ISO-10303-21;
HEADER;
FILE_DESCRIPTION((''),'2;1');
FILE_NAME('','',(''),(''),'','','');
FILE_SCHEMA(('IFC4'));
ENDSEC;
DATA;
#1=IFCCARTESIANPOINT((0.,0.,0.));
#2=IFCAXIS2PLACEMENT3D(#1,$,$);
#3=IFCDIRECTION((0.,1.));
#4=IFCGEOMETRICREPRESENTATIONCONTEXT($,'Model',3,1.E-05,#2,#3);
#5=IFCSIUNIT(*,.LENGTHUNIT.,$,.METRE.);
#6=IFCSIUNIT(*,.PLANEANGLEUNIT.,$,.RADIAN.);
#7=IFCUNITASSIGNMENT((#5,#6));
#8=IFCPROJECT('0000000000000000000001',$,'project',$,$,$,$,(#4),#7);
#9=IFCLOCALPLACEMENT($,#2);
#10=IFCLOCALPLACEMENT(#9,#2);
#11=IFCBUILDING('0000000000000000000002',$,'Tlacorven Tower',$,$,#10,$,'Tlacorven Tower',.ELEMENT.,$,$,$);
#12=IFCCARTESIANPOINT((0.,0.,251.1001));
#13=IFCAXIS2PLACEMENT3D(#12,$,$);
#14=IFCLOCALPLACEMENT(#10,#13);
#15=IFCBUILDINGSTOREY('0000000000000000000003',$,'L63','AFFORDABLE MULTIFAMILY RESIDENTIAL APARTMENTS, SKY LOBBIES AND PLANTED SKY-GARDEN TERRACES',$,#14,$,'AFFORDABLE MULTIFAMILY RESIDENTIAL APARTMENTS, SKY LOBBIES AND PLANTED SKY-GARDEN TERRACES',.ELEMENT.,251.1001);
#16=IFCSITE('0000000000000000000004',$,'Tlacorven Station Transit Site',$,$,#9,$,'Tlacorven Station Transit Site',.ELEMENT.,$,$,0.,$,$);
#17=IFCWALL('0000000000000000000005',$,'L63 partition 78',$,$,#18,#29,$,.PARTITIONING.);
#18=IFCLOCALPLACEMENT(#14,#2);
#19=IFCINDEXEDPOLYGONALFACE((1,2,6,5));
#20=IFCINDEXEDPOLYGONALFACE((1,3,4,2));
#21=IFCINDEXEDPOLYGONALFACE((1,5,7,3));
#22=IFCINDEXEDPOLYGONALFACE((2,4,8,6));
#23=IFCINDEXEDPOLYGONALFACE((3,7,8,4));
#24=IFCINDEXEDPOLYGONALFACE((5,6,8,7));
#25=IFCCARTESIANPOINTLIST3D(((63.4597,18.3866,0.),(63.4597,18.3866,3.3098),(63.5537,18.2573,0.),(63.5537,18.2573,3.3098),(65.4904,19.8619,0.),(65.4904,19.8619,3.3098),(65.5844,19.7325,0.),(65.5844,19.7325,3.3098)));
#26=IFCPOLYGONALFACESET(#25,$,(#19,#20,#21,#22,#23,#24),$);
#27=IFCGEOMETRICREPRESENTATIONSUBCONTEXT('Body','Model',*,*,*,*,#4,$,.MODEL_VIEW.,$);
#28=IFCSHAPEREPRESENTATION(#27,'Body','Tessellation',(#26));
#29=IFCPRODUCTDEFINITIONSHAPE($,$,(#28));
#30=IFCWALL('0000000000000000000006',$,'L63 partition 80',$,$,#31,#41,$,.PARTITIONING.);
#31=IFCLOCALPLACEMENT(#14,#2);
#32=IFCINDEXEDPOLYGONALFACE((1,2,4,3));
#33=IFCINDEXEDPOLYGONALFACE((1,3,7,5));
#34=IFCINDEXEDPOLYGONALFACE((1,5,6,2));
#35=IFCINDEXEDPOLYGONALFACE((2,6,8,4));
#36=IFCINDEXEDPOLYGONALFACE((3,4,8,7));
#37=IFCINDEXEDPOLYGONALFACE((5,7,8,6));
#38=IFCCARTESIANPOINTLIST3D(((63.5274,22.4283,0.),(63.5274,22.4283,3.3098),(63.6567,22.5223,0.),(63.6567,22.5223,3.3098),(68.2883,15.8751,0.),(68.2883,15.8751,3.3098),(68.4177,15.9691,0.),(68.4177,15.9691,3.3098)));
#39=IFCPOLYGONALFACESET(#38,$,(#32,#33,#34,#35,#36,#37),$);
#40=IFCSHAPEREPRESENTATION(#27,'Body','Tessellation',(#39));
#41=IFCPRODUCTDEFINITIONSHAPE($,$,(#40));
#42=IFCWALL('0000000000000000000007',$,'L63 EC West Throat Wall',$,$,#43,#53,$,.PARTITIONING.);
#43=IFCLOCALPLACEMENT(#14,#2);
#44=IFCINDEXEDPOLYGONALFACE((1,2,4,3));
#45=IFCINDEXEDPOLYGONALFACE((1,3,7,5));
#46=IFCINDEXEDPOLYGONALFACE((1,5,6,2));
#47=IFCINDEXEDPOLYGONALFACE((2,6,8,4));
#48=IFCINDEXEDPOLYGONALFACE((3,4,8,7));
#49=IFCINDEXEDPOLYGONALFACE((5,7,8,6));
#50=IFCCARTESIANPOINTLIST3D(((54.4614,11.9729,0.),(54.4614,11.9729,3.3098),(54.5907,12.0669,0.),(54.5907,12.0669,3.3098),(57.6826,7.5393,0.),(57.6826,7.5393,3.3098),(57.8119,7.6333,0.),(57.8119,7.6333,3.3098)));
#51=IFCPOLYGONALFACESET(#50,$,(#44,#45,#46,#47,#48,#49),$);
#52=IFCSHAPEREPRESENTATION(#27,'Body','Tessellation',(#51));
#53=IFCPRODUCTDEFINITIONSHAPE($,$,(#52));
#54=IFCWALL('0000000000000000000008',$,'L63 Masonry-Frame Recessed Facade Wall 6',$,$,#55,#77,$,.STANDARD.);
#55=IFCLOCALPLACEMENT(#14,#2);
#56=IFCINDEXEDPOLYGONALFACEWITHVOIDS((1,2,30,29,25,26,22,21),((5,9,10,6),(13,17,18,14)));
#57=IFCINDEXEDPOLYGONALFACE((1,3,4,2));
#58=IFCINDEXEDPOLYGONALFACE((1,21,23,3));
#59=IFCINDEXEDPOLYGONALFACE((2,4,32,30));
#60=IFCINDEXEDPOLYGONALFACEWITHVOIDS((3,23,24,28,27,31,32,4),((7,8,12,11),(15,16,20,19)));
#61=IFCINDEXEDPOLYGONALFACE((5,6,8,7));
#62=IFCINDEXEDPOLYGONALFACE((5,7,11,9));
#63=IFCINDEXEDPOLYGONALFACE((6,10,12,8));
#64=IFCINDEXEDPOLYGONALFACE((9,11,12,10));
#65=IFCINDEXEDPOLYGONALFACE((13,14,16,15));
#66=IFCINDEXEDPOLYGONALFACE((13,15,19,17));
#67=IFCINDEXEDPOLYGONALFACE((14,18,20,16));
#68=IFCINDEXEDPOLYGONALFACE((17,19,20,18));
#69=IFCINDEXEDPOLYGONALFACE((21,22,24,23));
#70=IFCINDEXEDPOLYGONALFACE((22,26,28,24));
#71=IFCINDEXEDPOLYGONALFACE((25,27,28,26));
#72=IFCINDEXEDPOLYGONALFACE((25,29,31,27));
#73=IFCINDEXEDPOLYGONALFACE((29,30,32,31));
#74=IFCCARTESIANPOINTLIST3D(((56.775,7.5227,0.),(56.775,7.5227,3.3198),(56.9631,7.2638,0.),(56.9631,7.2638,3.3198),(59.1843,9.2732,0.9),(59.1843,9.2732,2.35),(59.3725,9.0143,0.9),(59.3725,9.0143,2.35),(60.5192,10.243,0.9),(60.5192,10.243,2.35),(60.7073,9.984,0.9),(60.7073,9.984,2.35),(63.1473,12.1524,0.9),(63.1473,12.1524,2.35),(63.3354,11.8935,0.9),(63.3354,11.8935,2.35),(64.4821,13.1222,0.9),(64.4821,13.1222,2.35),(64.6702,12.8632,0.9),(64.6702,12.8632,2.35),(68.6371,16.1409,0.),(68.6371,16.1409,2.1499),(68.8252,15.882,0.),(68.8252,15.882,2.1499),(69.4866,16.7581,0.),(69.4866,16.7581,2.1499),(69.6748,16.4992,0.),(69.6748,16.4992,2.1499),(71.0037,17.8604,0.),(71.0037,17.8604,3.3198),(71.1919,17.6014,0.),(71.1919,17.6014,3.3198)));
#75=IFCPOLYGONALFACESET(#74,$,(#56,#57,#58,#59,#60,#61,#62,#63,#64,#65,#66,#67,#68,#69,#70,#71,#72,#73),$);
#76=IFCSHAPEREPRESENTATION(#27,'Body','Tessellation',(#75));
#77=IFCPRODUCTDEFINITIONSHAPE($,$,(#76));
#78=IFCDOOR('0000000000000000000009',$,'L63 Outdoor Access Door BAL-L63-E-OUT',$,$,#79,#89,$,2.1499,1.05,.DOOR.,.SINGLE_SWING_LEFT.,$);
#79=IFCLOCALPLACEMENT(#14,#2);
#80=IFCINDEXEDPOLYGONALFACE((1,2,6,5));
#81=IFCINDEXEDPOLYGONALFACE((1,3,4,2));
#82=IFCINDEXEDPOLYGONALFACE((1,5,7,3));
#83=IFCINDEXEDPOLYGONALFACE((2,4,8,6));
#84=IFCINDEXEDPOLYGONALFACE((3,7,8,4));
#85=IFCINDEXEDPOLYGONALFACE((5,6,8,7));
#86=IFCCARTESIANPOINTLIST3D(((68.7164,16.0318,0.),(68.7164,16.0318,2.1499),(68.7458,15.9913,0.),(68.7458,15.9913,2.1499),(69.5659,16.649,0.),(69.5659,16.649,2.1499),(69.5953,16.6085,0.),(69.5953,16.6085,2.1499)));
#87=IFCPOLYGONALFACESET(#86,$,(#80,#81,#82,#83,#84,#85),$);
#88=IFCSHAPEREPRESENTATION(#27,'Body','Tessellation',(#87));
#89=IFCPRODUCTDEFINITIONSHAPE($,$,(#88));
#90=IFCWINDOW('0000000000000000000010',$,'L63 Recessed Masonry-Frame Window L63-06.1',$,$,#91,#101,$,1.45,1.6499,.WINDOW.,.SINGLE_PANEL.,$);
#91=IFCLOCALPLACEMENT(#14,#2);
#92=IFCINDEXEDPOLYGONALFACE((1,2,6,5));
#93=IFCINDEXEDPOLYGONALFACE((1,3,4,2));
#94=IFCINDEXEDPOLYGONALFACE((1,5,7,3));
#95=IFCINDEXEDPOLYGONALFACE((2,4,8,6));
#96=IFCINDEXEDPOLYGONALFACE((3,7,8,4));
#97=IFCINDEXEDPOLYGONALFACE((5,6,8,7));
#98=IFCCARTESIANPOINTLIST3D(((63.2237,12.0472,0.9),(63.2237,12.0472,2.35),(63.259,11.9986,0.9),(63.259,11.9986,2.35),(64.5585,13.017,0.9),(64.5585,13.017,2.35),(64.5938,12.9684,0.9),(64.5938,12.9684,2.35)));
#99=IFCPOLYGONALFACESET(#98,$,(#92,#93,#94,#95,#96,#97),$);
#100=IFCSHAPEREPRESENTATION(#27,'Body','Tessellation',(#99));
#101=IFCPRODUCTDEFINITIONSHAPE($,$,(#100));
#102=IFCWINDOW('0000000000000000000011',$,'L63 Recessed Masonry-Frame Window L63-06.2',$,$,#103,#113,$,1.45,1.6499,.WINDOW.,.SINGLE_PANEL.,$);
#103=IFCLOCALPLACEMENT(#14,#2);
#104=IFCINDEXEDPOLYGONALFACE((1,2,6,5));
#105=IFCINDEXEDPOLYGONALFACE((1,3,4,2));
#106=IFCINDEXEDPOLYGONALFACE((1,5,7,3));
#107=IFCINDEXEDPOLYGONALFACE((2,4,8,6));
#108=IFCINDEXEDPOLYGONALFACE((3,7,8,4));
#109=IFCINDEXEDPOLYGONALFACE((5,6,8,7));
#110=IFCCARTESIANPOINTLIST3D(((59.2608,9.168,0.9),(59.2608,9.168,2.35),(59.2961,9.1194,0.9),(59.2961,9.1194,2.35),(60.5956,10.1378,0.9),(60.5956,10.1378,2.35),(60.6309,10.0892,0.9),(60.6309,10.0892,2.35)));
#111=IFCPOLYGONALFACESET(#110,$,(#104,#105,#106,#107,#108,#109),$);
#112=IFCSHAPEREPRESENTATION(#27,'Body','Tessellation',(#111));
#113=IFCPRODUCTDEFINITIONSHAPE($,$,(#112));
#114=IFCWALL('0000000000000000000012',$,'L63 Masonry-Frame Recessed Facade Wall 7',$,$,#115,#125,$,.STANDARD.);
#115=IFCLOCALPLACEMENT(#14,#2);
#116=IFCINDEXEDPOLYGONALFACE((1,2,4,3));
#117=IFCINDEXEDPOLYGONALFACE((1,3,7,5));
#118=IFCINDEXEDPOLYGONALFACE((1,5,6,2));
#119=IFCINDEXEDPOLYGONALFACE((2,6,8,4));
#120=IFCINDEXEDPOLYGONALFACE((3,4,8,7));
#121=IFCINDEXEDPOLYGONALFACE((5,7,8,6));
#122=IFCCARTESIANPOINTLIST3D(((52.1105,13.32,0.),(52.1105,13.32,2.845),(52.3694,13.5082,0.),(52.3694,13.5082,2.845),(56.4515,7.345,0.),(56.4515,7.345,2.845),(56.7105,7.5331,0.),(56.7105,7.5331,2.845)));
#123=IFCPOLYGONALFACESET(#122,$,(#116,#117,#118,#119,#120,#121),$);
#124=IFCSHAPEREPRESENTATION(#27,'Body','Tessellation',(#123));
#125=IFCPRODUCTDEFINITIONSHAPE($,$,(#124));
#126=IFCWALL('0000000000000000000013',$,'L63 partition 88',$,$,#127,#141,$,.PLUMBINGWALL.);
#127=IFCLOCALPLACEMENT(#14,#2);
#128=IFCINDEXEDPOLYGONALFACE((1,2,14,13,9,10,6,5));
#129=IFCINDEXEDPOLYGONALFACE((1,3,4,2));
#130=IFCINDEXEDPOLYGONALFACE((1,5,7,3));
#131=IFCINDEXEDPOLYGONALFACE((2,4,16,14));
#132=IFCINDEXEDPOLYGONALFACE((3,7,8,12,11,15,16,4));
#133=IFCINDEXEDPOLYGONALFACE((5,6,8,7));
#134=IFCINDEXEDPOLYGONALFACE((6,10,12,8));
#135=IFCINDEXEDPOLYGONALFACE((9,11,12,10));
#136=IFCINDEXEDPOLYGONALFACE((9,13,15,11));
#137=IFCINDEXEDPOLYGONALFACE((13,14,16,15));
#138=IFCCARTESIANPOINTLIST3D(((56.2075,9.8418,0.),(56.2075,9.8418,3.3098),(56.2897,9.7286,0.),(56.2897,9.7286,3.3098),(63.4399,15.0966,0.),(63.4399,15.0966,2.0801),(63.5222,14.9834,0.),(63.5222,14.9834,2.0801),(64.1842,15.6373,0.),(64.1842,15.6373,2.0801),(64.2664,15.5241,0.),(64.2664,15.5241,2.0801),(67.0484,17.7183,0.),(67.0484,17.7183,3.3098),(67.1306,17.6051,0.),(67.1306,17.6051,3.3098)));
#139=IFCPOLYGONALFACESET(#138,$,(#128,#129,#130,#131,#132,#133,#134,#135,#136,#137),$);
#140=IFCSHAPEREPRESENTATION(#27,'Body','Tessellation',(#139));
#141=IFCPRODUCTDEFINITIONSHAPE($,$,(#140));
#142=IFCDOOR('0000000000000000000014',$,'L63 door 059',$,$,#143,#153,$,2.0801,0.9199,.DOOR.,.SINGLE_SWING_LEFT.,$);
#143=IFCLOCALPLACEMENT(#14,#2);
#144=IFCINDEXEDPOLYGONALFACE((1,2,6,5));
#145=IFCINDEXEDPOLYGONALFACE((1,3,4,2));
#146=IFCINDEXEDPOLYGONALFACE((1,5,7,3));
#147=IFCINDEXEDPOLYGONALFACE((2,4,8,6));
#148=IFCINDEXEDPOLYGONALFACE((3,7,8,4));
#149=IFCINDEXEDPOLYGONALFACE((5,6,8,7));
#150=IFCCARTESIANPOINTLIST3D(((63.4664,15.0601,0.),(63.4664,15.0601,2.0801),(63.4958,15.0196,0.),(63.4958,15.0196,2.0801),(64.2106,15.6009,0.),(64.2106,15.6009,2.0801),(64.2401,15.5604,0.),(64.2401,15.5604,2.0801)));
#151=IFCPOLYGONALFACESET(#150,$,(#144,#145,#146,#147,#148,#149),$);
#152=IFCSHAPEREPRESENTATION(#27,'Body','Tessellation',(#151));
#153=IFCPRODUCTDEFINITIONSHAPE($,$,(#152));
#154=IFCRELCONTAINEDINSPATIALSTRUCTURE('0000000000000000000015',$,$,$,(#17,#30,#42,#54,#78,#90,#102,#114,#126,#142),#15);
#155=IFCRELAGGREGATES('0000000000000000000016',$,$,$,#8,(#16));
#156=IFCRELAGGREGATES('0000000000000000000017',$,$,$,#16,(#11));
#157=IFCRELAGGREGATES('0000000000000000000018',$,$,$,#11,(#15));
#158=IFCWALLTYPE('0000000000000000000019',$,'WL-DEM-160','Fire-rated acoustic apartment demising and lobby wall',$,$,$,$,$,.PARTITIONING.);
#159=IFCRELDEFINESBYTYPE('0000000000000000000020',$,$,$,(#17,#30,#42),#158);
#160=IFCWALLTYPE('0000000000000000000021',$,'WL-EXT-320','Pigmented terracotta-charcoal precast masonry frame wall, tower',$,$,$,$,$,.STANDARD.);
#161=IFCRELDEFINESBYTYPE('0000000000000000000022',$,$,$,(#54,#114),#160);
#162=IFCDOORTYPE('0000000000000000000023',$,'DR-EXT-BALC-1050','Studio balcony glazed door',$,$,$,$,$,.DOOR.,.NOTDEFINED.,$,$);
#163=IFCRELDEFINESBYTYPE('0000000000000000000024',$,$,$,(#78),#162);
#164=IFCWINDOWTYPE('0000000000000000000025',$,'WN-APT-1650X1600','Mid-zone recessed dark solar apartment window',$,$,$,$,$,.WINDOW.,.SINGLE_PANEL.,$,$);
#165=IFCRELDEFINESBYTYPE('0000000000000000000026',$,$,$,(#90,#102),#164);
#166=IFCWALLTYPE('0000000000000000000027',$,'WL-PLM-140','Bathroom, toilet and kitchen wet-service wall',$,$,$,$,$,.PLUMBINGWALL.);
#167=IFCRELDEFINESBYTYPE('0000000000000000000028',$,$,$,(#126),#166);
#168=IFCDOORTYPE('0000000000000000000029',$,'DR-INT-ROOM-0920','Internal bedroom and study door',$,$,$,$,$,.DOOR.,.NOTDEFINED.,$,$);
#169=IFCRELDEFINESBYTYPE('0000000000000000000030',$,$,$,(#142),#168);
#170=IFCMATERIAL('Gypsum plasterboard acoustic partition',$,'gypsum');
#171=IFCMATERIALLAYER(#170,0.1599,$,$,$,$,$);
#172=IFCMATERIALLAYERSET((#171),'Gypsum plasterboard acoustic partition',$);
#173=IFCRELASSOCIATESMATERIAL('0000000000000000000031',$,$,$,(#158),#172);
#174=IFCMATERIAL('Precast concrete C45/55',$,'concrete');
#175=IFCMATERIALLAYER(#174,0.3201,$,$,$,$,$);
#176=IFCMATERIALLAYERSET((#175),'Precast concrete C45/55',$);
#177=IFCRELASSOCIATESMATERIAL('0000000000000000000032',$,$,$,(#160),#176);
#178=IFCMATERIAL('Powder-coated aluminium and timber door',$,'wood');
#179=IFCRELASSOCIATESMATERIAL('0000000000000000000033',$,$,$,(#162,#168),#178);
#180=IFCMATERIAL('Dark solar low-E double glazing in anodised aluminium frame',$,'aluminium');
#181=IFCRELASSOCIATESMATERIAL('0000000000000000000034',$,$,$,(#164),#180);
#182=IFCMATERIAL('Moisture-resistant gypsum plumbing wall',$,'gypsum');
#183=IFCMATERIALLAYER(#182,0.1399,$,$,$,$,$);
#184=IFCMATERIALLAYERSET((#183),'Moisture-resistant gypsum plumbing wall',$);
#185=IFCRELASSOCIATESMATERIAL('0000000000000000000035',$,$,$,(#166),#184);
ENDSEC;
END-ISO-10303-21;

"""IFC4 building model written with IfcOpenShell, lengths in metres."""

from ifc_helpers import new_model, si_unit, direction, frame, frame_2d, origin, place, context, subcontext, project, spatial, rectangle, extrude, source, transform, mapped, material, layer, layer_set, type_object, element, fill, save


model = new_model("IFC4")

# Units and contexts
model_context = context("Model", 3, precision=1e-05, world=origin(), true_north=direction((0.0, 1.0)))
body_context = subcontext(model_context, "Body", "Model", "MODEL_VIEW")
ifc_project = project(units=[si_unit("LENGTHUNIT", "METRE"), si_unit("PLANEANGLEUNIT", "RADIAN")], contexts=[model_context])

# Site, building, storey
site_placement = place(None, origin())
site = spatial("IfcSite", under=ifc_project, at=site_placement, Name="Tlacorven Station Transit Site", LongName="Tlacorven Station Transit Site", CompositionType="ELEMENT", RefElevation=0.0)
building_placement = place(site_placement, origin())
building = spatial("IfcBuilding", under=site, at=building_placement, Name="Tlacorven Tower", LongName="Tlacorven Tower", CompositionType="ELEMENT")
storey_placement = place(building_placement, frame((0.0, 0.0, 251.1001)))
storey = spatial("IfcBuildingStorey", under=building, at=storey_placement, Name="L63", Description="AFFORDABLE MULTIFAMILY RESIDENTIAL APARTMENTS, SKY LOBBIES AND PLANTED SKY-GARDEN TERRACES", LongName="AFFORDABLE MULTIFAMILY RESIDENTIAL APARTMENTS, SKY LOBBIES AND PLANTED SKY-GARDEN TERRACES", CompositionType="ELEMENT", Elevation=251.1001)

# Walls
ifc_material_1 = material(Name="Gypsum plasterboard acoustic partition", Category="gypsum")
ifc_layer_1 = layer(ifc_material_1, 0.1599)
ifc_layer_set_1 = layer_set([ifc_layer_1], Name="Gypsum plasterboard acoustic partition")
wall_type_1 = type_object("IfcWallType", Name="WL-DEM-160", Description="Fire-rated acoustic apartment demising and lobby wall", PredefinedType="PARTITIONING", material=ifc_layer_set_1)
wall_1_placement = place(storey_placement, frame((63.5068, 18.322, 0.0), z_axis=(0.0, 0.0, 1.0), x_axis=(0.809035, 0.587761, 0.0)))
element("IfcWall", 1, at=wall_1_placement, inside=storey, type_object=wall_type_1, Name="L63 partition 78", PredefinedType="PARTITIONING", context=body_context, shape_type="SweptSolid", body=[
    extrude(rectangle(XDim=2.51, YDim=0.1599, at=frame_2d((1.2549, 0.0))), origin(), (0.0, 0.0, 1.0), 3.3098),
])
wall_2_placement = place(storey_placement, frame((68.353, 15.9221, 0.0), z_axis=(0.0, 0.0, 1.0), x_axis=(-0.587768, 0.809029, 0.0)))
element("IfcWall", 2, at=wall_2_placement, inside=storey, type_object=wall_type_1, Name="L63 partition 80", PredefinedType="PARTITIONING", context=body_context, shape_type="SweptSolid", body=[
    extrude(rectangle(XDim=8.1001, YDim=0.1599, at=frame_2d((4.05, 0.0))), origin(), (0.0, 0.0, 1.0), 3.3098),
])
wall_3_placement = place(storey_placement, frame((57.7473, 7.5862, 0.0), z_axis=(0.0, 0.0, 1.0), x_axis=(-0.587785, 0.809017, 0.0)))
element("IfcWall", 3, at=wall_3_placement, inside=storey, type_object=wall_type_1, Name="L63 EC West Throat Wall", PredefinedType="PARTITIONING", context=body_context, shape_type="SweptSolid", body=[
    extrude(rectangle(XDim=5.4802, YDim=0.1599, at=frame_2d((2.7402, 0.0))), origin(), (0.0, 0.0, 1.0), 3.3098),
])

# Wall, openings, door, windows
ifc_material_2 = material(Name="Precast concrete C45/55", Category="concrete")
ifc_layer_2 = layer(ifc_material_2, 0.3201)
ifc_layer_set_2 = layer_set([ifc_layer_2], Name="Precast concrete C45/55")
wall_type_2 = type_object("IfcWallType", Name="WL-EXT-320", Description="Pigmented terracotta-charcoal precast masonry frame wall, tower", PredefinedType="STANDARD", material=ifc_layer_set_2)
wall_4_placement = place(storey_placement, frame((71.0979, 17.731, 0.0), z_axis=(0.0, 0.0, 1.0), x_axis=(-0.809021, -0.58778, 0.0)))
wall_4 = element("IfcWall", 4, at=wall_4_placement, inside=storey, type_object=wall_type_2, Name="L63 Masonry-Frame Recessed Facade Wall 6", PredefinedType="STANDARD", context=body_context, shape_type="SweptSolid", body=[
    extrude(rectangle(XDim=17.5876, YDim=0.3201, at=frame_2d((8.7939, 0.0))), origin(), (0.0, 0.0, 1.0), 3.3198),
])
opening_1_placement = place(wall_4_placement, frame((1.8755, 0.0, 0.0)))
opening_1 = element("IfcOpeningElement", 5, at=opening_1_placement, cuts=wall_4, PredefinedType="OPENING", context=body_context, shape_type="SweptSolid", body=[
    extrude(rectangle(XDim=1.05, YDim=2.1499, at=frame_2d((0.5249, 1.075))), frame((0.0, 0.1699, 0.0), z_axis=(0.0, -1.0, 0.0), x_axis=(1.0, 0.0, 0.0)), (0.0, 0.0, 1.0), 0.3401),
])
opening_2_placement = place(wall_4_placement, frame((8.0613, 0.0, 0.8999)))
opening_2 = element("IfcOpeningElement", 6, at=opening_2_placement, cuts=wall_4, PredefinedType="OPENING", context=body_context, shape_type="SweptSolid", body=[
    extrude(rectangle(XDim=1.6499, YDim=1.45, at=frame_2d((0.825, 0.7251))), frame((0.0, 0.1699, 0.0), z_axis=(0.0, -1.0, 0.0), x_axis=(1.0, 0.0, 0.0)), (0.0, 0.0, 1.0), 0.3401),
])
opening_3_placement = place(wall_4_placement, frame((12.9597, 0.0, 0.8999)))
opening_3 = element("IfcOpeningElement", 7, at=opening_3_placement, cuts=wall_4, PredefinedType="OPENING", context=body_context, shape_type="SweptSolid", body=[
    extrude(rectangle(XDim=1.6499, YDim=1.45, at=frame_2d((0.825, 0.7251))), frame((0.0, 0.1699, 0.0), z_axis=(0.0, -1.0, 0.0), x_axis=(1.0, 0.0, 0.0)), (0.0, 0.0, 1.0), 0.3401),
])
ifc_material_3 = material(Name="Powder-coated aluminium and timber door", Category="wood")
door_type_1 = type_object("IfcDoorType", Name="DR-EXT-BALC-1050", Description="Studio balcony glazed door", OperationType="NOTDEFINED", PredefinedType="DOOR", material=ifc_material_3)
shared_shape_1 = source(origin(), body_context, "Body", "SweptSolid", [
    extrude(rectangle(XDim=1.05, YDim=2.1499, at=frame_2d((0.5249, 1.075))), frame((0.0, 0.0249, 0.0), z_axis=(0.0, -1.0, 0.0), x_axis=(1.0, 0.0, 0.0)), (0.0, 0.0, 1.0), 0.05),
])
door_1_placement = place(opening_1_placement, origin())
door_1 = element("IfcDoor", 8, at=door_1_placement, inside=storey, type_object=door_type_1, Name="L63 Outdoor Access Door BAL-L63-E-OUT", OperationType="SINGLE_SWING_LEFT", OverallHeight=2.1499, OverallWidth=1.05, PredefinedType="DOOR", context=body_context, shape_type="MappedRepresentation", body=[
    mapped(shared_shape_1, transform((0.0, 0.0, 0.0), scale=1.0)),
])
fill(opening_1, door_1)
ifc_material_4 = material(Name="Dark solar low-E double glazing in anodised aluminium frame", Category="aluminium")
window_type = type_object("IfcWindowType", Name="WN-APT-1650X1600", Description="Mid-zone recessed dark solar apartment window", PartitioningType="SINGLE_PANEL", PredefinedType="WINDOW", material=ifc_material_4)
shared_shape_2 = source(origin(), body_context, "Body", "SweptSolid", [
    extrude(rectangle(XDim=1.6499, YDim=1.45, at=frame_2d((0.825, 0.7251))), frame((0.0, 0.03, 0.0), z_axis=(0.0, -1.0, 0.0), x_axis=(1.0, 0.0, 0.0)), (0.0, 0.0, 1.0), 0.0601),
])
window_1_placement = place(opening_2_placement, origin())
window_1 = element("IfcWindow", 9, at=window_1_placement, inside=storey, type_object=window_type, Name="L63 Recessed Masonry-Frame Window L63-06.1", OverallHeight=1.45, OverallWidth=1.6499, PartitioningType="SINGLE_PANEL", PredefinedType="WINDOW", context=body_context, shape_type="MappedRepresentation", body=[
    mapped(shared_shape_2, transform((0.0, 0.0, 0.0), scale=1.0)),
])
fill(opening_2, window_1)
window_2_placement = place(opening_3_placement, origin())
window_2 = element("IfcWindow", 10, at=window_2_placement, inside=storey, type_object=window_type, Name="L63 Recessed Masonry-Frame Window L63-06.2", OverallHeight=1.45, OverallWidth=1.6499, PartitioningType="SINGLE_PANEL", PredefinedType="WINDOW", context=body_context, shape_type="MappedRepresentation", body=[
    mapped(shared_shape_2, transform((0.0, 0.0, 0.0), scale=1.0)),
])
fill(opening_3, window_2)

# Wall
wall_5_placement = place(storey_placement, frame((56.5811, 7.439, 0.0), z_axis=(0.0, 0.0, 1.0), x_axis=(-0.587777, 0.809023, 0.0)))
element("IfcWall", 11, at=wall_5_placement, inside=storey, type_object=wall_type_2, Name="L63 Masonry-Frame Recessed Facade Wall 7", PredefinedType="STANDARD", context=body_context, shape_type="SweptSolid", body=[
    extrude(rectangle(XDim=7.3855, YDim=0.3201, at=frame_2d((3.6929, 0.0))), origin(), (0.0, 0.0, 1.0), 2.845),
])

# Wall, opening, door
ifc_material_5 = material(Name="Moisture-resistant gypsum plumbing wall", Category="gypsum")
ifc_layer_3 = layer(ifc_material_5, 0.1399)
ifc_layer_set_3 = layer_set([ifc_layer_3], Name="Moisture-resistant gypsum plumbing wall")
wall_type_3 = type_object("IfcWallType", Name="WL-PLM-140", Description="Bathroom, toilet and kitchen wet-service wall", PredefinedType="PLUMBINGWALL", material=ifc_layer_set_3)
wall_6_placement = place(storey_placement, frame((56.2485, 9.7852, 0.0), z_axis=(0.0, 0.0, 1.0), x_axis=(0.809012, 0.587792, 0.0)))
wall_6 = element("IfcWall", 12, at=wall_6_placement, inside=storey, type_object=wall_type_3, Name="L63 partition 88", PredefinedType="PLUMBINGWALL", context=body_context, shape_type="SweptSolid", body=[
    extrude(rectangle(XDim=13.4001, YDim=0.1399, at=frame_2d((6.7002, 0.0))), origin(), (0.0, 0.0, 1.0), 3.3098),
])
opening_4_placement = place(wall_6_placement, frame((8.9399, 0.0, 0.0)))
opening_4 = element("IfcOpeningElement", 13, at=opening_4_placement, cuts=wall_6, PredefinedType="OPENING", context=body_context, shape_type="SweptSolid", body=[
    extrude(rectangle(XDim=0.9199, YDim=2.0801, at=frame_2d((0.46, 1.04))), frame((0.0, 0.0801, 0.0), z_axis=(0.0, -1.0, 0.0), x_axis=(1.0, 0.0, 0.0)), (0.0, 0.0, 1.0), 0.1599),
])
door_type_2 = type_object("IfcDoorType", Name="DR-INT-ROOM-0920", Description="Internal bedroom and study door", OperationType="NOTDEFINED", PredefinedType="DOOR", material=ifc_material_3)
shared_shape_3 = source(origin(), body_context, "Body", "SweptSolid", [
    extrude(rectangle(XDim=0.9199, YDim=2.0801, at=frame_2d((0.46, 1.04))), frame((0.0, 0.0249, 0.0), z_axis=(0.0, -1.0, 0.0), x_axis=(1.0, 0.0, 0.0)), (0.0, 0.0, 1.0), 0.05),
])
door_2_placement = place(opening_4_placement, origin())
door_2 = element("IfcDoor", 14, at=door_2_placement, inside=storey, type_object=door_type_2, Name="L63 door 059", OperationType="SINGLE_SWING_LEFT", OverallHeight=2.0801, OverallWidth=0.9199, PredefinedType="DOOR", context=body_context, shape_type="MappedRepresentation", body=[
    mapped(shared_shape_3, transform((0.0, 0.0, 0.0), scale=1.0)),
])
fill(opening_4, door_2)

save(model, "model.ifc")
